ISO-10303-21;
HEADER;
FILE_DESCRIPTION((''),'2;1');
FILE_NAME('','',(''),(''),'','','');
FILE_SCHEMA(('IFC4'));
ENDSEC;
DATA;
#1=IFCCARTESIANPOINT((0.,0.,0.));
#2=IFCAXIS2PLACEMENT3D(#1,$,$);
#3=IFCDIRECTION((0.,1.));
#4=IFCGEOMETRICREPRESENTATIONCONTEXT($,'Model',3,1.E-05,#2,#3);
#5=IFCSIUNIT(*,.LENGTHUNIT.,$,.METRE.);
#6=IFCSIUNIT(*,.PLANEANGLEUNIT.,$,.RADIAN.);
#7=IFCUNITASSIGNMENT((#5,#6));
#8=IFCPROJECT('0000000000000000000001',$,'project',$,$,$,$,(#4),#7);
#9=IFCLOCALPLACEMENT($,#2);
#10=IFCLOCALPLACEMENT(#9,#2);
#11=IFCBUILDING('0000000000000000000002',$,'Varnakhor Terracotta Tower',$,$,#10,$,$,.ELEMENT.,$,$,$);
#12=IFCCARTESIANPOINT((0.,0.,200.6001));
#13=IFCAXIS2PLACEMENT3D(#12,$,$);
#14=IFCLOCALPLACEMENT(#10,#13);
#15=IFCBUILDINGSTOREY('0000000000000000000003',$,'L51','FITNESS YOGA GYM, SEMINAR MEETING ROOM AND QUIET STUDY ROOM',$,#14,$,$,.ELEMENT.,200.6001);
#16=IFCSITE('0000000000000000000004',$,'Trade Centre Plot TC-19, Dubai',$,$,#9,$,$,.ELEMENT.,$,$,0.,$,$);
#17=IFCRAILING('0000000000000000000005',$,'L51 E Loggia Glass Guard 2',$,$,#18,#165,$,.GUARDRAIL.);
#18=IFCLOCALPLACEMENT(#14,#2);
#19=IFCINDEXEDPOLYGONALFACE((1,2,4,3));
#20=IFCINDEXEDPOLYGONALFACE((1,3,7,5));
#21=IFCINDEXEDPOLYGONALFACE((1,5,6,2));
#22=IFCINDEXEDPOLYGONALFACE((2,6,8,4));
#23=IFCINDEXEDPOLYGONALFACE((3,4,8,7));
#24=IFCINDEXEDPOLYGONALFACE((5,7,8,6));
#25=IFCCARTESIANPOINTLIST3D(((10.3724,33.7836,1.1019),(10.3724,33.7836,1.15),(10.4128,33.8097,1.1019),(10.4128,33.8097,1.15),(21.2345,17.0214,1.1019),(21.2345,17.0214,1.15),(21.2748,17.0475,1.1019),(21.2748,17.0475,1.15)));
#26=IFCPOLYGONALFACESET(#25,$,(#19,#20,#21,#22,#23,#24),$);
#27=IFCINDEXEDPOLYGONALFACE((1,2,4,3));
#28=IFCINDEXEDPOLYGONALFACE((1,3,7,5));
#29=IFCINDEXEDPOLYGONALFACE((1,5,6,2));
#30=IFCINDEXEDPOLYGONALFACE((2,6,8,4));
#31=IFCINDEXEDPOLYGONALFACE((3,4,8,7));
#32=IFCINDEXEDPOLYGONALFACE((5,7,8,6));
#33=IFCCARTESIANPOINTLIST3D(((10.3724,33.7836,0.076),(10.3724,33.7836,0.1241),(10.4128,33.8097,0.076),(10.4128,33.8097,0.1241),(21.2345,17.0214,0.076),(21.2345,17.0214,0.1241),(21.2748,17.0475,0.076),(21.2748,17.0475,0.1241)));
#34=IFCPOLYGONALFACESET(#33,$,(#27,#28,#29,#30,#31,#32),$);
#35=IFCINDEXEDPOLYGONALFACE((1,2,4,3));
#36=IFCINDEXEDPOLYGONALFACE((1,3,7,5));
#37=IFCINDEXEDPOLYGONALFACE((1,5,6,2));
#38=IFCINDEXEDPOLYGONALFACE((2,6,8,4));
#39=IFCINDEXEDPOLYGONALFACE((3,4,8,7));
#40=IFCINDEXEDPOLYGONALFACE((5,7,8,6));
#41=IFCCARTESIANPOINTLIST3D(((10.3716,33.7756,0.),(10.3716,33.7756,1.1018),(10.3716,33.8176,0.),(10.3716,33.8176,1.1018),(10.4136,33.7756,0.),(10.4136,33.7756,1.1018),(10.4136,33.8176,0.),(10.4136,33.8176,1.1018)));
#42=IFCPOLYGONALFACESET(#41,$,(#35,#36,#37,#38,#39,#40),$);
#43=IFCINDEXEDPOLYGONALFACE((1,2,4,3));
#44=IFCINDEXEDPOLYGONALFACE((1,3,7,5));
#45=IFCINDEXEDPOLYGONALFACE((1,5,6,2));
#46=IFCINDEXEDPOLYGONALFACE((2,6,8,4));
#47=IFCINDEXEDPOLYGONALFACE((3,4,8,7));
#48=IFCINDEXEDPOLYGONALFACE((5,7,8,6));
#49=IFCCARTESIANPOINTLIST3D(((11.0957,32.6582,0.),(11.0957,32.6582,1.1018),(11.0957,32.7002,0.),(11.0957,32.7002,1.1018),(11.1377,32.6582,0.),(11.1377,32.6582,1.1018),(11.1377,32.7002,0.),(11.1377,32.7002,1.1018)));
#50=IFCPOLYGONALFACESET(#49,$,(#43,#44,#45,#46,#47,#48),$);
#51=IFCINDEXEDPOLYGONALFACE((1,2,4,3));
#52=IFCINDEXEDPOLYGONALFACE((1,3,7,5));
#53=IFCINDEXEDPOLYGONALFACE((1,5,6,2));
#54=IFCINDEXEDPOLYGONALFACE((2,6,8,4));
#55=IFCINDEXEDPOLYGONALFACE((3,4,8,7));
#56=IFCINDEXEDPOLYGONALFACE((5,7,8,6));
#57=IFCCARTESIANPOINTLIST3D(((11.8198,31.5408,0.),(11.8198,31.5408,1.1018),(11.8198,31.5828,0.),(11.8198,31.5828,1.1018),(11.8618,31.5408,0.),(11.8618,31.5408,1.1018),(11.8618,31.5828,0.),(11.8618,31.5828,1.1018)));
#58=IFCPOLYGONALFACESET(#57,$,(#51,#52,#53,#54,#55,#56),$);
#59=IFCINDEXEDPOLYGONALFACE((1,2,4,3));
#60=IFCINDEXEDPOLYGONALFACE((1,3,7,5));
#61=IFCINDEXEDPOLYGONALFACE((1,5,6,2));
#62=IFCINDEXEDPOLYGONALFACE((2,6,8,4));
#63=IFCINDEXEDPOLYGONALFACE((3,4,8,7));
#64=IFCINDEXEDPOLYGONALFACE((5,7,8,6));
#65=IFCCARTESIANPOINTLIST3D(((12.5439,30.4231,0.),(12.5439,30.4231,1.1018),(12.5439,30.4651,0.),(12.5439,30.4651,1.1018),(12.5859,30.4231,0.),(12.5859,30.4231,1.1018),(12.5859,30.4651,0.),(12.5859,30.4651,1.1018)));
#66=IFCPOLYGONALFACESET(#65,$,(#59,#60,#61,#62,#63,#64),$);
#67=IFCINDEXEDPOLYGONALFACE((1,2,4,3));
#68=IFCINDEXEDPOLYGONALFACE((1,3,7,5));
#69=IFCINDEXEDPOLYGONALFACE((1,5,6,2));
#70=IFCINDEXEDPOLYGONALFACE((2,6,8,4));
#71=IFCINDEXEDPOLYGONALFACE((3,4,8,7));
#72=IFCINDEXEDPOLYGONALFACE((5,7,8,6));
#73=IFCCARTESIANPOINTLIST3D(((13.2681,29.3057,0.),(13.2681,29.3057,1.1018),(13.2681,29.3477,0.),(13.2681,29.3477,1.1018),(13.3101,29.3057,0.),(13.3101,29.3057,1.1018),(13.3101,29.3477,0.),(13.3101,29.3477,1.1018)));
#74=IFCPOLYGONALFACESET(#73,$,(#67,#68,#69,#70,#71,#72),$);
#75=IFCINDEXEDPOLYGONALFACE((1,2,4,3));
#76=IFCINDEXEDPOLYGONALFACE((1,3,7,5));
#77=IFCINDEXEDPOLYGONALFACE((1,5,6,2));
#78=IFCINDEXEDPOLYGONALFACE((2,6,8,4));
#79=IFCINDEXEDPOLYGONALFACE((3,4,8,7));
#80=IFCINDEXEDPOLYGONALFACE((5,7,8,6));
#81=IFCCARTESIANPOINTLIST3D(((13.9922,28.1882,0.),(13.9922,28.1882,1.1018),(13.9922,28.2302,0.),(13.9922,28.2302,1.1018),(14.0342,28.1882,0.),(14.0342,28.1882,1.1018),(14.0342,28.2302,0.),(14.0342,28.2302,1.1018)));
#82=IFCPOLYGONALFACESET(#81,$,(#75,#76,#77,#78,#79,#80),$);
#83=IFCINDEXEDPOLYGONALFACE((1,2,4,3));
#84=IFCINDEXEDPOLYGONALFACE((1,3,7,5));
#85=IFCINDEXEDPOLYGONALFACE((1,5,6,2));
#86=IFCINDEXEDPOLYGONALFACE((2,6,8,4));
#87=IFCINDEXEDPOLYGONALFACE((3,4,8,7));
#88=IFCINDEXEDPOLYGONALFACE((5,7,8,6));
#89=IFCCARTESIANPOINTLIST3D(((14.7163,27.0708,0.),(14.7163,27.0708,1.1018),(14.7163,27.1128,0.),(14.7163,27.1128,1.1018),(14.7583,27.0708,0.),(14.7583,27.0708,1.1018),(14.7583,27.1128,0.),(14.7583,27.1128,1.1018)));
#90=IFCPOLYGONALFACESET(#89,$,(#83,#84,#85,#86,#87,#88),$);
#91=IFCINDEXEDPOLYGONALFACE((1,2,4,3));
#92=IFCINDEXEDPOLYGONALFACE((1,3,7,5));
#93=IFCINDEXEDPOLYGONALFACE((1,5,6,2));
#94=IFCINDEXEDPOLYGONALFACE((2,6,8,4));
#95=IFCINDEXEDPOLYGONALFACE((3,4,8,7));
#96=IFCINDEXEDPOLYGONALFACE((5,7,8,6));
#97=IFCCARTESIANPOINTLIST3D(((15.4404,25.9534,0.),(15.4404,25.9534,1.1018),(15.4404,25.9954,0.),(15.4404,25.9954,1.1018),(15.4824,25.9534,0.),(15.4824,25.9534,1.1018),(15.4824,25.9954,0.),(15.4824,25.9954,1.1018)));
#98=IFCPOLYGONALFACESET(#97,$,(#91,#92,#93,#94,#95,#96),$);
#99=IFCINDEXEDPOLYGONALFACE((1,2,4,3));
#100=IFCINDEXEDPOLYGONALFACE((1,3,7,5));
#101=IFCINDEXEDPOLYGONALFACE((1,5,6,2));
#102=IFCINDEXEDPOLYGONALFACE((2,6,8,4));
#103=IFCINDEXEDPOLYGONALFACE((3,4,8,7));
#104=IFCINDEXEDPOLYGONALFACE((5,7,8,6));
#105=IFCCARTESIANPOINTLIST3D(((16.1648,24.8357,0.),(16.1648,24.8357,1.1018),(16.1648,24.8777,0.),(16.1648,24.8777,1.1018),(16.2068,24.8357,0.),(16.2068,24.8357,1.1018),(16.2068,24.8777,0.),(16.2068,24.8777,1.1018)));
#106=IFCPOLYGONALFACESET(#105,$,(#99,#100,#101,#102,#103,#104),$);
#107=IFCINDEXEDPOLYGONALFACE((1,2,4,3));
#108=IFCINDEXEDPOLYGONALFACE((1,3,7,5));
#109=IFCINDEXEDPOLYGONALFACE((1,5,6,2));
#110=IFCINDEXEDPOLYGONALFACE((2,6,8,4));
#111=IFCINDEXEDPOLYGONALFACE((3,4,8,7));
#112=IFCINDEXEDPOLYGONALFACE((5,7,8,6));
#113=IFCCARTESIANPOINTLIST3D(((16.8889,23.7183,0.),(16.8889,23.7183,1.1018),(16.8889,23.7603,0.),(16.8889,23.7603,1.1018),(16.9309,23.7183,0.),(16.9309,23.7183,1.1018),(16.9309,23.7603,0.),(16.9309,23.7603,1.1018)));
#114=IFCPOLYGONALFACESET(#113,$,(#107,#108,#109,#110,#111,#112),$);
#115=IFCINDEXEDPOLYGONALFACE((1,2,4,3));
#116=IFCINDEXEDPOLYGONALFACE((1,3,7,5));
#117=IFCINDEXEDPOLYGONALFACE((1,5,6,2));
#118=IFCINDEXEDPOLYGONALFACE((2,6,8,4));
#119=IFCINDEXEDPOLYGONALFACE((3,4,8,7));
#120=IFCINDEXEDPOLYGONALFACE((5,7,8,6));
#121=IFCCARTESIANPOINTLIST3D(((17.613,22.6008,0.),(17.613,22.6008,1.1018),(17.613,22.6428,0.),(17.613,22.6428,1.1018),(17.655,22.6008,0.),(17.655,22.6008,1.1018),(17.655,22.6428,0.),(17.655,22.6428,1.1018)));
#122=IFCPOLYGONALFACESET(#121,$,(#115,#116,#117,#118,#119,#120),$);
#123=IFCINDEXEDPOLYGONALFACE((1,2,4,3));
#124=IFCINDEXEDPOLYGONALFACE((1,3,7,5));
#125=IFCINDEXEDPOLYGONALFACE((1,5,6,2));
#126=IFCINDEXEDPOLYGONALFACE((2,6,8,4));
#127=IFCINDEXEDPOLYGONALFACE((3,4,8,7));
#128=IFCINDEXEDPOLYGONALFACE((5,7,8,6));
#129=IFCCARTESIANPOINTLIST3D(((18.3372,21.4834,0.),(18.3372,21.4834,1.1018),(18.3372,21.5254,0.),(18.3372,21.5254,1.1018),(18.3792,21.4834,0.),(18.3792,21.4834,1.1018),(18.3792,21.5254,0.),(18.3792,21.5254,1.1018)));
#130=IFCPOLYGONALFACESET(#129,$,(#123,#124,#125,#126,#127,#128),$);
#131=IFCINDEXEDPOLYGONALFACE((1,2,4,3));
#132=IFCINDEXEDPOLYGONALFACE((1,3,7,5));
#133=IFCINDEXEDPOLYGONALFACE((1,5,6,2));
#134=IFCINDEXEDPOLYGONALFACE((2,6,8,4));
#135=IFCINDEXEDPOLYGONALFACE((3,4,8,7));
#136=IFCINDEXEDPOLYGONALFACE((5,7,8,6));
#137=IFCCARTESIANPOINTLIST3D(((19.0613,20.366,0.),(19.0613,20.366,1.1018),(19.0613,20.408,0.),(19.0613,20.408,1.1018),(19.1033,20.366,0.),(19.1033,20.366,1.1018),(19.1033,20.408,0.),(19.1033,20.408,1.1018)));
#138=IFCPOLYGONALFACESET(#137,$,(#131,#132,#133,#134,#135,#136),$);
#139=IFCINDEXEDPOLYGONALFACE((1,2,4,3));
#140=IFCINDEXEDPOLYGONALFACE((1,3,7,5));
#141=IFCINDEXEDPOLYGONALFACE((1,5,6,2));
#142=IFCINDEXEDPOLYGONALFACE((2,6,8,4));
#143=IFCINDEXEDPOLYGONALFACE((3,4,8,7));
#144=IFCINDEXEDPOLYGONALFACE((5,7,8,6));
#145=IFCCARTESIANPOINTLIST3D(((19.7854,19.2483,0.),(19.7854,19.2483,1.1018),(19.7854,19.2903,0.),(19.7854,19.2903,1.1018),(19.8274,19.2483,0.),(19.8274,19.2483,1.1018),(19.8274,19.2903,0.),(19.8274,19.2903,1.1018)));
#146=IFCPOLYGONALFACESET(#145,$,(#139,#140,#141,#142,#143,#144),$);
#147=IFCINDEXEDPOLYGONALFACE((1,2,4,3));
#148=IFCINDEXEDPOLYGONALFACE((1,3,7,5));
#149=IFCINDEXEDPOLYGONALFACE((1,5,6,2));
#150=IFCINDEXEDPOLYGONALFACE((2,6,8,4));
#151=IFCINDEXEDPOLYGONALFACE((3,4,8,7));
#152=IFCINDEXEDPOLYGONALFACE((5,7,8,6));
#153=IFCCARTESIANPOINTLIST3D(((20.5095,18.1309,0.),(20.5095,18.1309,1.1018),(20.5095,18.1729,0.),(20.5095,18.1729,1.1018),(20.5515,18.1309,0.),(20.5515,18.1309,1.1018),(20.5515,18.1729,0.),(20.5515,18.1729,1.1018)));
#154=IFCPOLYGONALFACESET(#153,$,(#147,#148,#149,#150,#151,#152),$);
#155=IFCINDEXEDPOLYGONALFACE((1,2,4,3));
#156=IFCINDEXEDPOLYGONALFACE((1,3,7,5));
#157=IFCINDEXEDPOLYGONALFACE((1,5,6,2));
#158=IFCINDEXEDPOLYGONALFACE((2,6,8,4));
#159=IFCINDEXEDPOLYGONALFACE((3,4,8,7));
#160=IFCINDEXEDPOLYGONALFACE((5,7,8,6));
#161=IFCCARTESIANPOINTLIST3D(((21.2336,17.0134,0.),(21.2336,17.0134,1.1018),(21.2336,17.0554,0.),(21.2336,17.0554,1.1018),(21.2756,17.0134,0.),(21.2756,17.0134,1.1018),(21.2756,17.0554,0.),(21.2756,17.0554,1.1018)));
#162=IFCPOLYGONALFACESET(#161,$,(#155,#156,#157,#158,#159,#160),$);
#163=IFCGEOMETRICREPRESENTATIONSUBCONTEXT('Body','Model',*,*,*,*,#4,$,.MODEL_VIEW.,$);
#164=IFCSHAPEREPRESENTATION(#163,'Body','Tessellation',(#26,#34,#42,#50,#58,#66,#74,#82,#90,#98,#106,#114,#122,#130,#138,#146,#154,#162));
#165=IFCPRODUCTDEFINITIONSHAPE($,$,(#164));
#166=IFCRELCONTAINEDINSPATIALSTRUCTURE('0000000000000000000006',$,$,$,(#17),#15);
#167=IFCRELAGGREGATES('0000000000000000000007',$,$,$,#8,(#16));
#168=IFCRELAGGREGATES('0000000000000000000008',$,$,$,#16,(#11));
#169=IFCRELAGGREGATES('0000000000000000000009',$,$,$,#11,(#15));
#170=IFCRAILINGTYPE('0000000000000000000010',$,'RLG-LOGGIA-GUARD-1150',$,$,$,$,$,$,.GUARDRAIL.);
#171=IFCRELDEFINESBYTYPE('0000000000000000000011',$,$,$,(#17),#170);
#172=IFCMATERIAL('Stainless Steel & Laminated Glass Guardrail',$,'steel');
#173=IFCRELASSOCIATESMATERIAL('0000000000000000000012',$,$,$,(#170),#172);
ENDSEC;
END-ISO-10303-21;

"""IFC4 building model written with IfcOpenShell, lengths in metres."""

from ifc_helpers import new_model, si_unit, direction, frame, origin, origin_2d, place, context, subcontext, project, spatial, rectangle, extrude, material, type_object, element, save


model = new_model("IFC4")

# Units and contexts
model_context = context("Model", 3, precision=1e-05, world=origin(), true_north=direction((0.0, 1.0)))
body_context = subcontext(model_context, "Body", "Model", "MODEL_VIEW")
ifc_project = project(units=[si_unit("LENGTHUNIT", "METRE"), si_unit("PLANEANGLEUNIT", "RADIAN")], contexts=[model_context])

# Site, building, storey
site_placement = place(None, origin())
site = spatial("IfcSite", under=ifc_project, at=site_placement, Name="Trade Centre Plot TC-19, Dubai", CompositionType="ELEMENT", RefElevation=0.0)
building_placement = place(site_placement, origin())
building = spatial("IfcBuilding", under=site, at=building_placement, Name="Varnakhor Terracotta Tower", CompositionType="ELEMENT")
storey_placement = place(building_placement, frame((0.0, 0.0, 200.6001)))
storey = spatial("IfcBuildingStorey", under=building, at=storey_placement, Name="L51", Description="FITNESS YOGA GYM, SEMINAR MEETING ROOM AND QUIET STUDY ROOM", CompositionType="ELEMENT", Elevation=200.6001)

# Railing
ifc_material_1 = material(Name="Stainless Steel & Laminated Glass Guardrail", Category="steel")
railing_type = type_object("IfcRailingType", Name="RLG-LOGGIA-GUARD-1150", PredefinedType="GUARDRAIL", material=ifc_material_1)
railing_1_placement = place(storey_placement, frame((10.3926, 33.7966, 0.0)))
element("IfcRailing", 1, at=railing_1_placement, inside=storey, type_object=railing_type, Name="L51 E Loggia Glass Guard 2", PredefinedType="GUARDRAIL", context=body_context, shape_type="SweptSolid", body=[
    extrude(rectangle(XDim=0.0481, YDim=0.0481, at=origin_2d()), frame((0.0, 0.0, 1.126), z_axis=(0.543813, -0.839206, 0.0), x_axis=(0.839206, 0.543813, 0.0)), (0.0, 0.0, 1.0), 19.9739),
    extrude(rectangle(XDim=0.0481, YDim=0.0481, at=origin_2d()), frame((0.0, 0.0, 0.1001), z_axis=(0.543813, -0.839206, 0.0), x_axis=(0.839206, 0.543813, 0.0)), (0.0, 0.0, 1.0), 19.9739),
    extrude(rectangle(XDim=0.042, YDim=0.042, at=origin_2d()), origin(), (0.0, 0.0, 1.0), 1.1018),
    extrude(rectangle(XDim=0.042, YDim=0.042, at=origin_2d()), frame((0.7241, -1.1174, 0.0)), (0.0, 0.0, 1.0), 1.1018),
    extrude(rectangle(XDim=0.042, YDim=0.042, at=origin_2d()), frame((1.4482, -2.2349, 0.0)), (0.0, 0.0, 1.0), 1.1018),
    extrude(rectangle(XDim=0.042, YDim=0.042, at=origin_2d()), frame((2.1724, -3.3525, 0.0)), (0.0, 0.0, 1.0), 1.1018),
    extrude(rectangle(XDim=0.042, YDim=0.042, at=origin_2d()), frame((2.8965, -4.47, 0.0)), (0.0, 0.0, 1.0), 1.1018),
    extrude(rectangle(XDim=0.042, YDim=0.042, at=origin_2d()), frame((3.6206, -5.5874, 0.0)), (0.0, 0.0, 1.0), 1.1018),
    extrude(rectangle(XDim=0.042, YDim=0.042, at=origin_2d()), frame((4.3447, -6.7048, 0.0)), (0.0, 0.0, 1.0), 1.1018),
    extrude(rectangle(XDim=0.042, YDim=0.042, at=origin_2d()), frame((5.0688, -7.8223, 0.0)), (0.0, 0.0, 1.0), 1.1018),
    extrude(rectangle(XDim=0.042, YDim=0.042, at=origin_2d()), frame((5.7932, -8.9399, 0.0)), (0.0, 0.0, 1.0), 1.1018),
    extrude(rectangle(XDim=0.042, YDim=0.042, at=origin_2d()), frame((6.5173, -10.0574, 0.0)), (0.0, 0.0, 1.0), 1.1018),
    extrude(rectangle(XDim=0.042, YDim=0.042, at=origin_2d()), frame((7.2415, -11.1748, 0.0)), (0.0, 0.0, 1.0), 1.1018),
    extrude(rectangle(XDim=0.042, YDim=0.042, at=origin_2d()), frame((7.9656, -12.2922, 0.0)), (0.0, 0.0, 1.0), 1.1018),
    extrude(rectangle(XDim=0.042, YDim=0.042, at=origin_2d()), frame((8.6897, -13.4097, 0.0)), (0.0, 0.0, 1.0), 1.1018),
    extrude(rectangle(XDim=0.042, YDim=0.042, at=origin_2d()), frame((9.4138, -14.5273, 0.0)), (0.0, 0.0, 1.0), 1.1018),
    extrude(rectangle(XDim=0.042, YDim=0.042, at=origin_2d()), frame((10.1379, -15.6448, 0.0)), (0.0, 0.0, 1.0), 1.1018),
    extrude(rectangle(XDim=0.042, YDim=0.042, at=origin_2d()), frame((10.8621, -16.7622, 0.0)), (0.0, 0.0, 1.0), 1.1018),
])

save(model, "model.ifc")
